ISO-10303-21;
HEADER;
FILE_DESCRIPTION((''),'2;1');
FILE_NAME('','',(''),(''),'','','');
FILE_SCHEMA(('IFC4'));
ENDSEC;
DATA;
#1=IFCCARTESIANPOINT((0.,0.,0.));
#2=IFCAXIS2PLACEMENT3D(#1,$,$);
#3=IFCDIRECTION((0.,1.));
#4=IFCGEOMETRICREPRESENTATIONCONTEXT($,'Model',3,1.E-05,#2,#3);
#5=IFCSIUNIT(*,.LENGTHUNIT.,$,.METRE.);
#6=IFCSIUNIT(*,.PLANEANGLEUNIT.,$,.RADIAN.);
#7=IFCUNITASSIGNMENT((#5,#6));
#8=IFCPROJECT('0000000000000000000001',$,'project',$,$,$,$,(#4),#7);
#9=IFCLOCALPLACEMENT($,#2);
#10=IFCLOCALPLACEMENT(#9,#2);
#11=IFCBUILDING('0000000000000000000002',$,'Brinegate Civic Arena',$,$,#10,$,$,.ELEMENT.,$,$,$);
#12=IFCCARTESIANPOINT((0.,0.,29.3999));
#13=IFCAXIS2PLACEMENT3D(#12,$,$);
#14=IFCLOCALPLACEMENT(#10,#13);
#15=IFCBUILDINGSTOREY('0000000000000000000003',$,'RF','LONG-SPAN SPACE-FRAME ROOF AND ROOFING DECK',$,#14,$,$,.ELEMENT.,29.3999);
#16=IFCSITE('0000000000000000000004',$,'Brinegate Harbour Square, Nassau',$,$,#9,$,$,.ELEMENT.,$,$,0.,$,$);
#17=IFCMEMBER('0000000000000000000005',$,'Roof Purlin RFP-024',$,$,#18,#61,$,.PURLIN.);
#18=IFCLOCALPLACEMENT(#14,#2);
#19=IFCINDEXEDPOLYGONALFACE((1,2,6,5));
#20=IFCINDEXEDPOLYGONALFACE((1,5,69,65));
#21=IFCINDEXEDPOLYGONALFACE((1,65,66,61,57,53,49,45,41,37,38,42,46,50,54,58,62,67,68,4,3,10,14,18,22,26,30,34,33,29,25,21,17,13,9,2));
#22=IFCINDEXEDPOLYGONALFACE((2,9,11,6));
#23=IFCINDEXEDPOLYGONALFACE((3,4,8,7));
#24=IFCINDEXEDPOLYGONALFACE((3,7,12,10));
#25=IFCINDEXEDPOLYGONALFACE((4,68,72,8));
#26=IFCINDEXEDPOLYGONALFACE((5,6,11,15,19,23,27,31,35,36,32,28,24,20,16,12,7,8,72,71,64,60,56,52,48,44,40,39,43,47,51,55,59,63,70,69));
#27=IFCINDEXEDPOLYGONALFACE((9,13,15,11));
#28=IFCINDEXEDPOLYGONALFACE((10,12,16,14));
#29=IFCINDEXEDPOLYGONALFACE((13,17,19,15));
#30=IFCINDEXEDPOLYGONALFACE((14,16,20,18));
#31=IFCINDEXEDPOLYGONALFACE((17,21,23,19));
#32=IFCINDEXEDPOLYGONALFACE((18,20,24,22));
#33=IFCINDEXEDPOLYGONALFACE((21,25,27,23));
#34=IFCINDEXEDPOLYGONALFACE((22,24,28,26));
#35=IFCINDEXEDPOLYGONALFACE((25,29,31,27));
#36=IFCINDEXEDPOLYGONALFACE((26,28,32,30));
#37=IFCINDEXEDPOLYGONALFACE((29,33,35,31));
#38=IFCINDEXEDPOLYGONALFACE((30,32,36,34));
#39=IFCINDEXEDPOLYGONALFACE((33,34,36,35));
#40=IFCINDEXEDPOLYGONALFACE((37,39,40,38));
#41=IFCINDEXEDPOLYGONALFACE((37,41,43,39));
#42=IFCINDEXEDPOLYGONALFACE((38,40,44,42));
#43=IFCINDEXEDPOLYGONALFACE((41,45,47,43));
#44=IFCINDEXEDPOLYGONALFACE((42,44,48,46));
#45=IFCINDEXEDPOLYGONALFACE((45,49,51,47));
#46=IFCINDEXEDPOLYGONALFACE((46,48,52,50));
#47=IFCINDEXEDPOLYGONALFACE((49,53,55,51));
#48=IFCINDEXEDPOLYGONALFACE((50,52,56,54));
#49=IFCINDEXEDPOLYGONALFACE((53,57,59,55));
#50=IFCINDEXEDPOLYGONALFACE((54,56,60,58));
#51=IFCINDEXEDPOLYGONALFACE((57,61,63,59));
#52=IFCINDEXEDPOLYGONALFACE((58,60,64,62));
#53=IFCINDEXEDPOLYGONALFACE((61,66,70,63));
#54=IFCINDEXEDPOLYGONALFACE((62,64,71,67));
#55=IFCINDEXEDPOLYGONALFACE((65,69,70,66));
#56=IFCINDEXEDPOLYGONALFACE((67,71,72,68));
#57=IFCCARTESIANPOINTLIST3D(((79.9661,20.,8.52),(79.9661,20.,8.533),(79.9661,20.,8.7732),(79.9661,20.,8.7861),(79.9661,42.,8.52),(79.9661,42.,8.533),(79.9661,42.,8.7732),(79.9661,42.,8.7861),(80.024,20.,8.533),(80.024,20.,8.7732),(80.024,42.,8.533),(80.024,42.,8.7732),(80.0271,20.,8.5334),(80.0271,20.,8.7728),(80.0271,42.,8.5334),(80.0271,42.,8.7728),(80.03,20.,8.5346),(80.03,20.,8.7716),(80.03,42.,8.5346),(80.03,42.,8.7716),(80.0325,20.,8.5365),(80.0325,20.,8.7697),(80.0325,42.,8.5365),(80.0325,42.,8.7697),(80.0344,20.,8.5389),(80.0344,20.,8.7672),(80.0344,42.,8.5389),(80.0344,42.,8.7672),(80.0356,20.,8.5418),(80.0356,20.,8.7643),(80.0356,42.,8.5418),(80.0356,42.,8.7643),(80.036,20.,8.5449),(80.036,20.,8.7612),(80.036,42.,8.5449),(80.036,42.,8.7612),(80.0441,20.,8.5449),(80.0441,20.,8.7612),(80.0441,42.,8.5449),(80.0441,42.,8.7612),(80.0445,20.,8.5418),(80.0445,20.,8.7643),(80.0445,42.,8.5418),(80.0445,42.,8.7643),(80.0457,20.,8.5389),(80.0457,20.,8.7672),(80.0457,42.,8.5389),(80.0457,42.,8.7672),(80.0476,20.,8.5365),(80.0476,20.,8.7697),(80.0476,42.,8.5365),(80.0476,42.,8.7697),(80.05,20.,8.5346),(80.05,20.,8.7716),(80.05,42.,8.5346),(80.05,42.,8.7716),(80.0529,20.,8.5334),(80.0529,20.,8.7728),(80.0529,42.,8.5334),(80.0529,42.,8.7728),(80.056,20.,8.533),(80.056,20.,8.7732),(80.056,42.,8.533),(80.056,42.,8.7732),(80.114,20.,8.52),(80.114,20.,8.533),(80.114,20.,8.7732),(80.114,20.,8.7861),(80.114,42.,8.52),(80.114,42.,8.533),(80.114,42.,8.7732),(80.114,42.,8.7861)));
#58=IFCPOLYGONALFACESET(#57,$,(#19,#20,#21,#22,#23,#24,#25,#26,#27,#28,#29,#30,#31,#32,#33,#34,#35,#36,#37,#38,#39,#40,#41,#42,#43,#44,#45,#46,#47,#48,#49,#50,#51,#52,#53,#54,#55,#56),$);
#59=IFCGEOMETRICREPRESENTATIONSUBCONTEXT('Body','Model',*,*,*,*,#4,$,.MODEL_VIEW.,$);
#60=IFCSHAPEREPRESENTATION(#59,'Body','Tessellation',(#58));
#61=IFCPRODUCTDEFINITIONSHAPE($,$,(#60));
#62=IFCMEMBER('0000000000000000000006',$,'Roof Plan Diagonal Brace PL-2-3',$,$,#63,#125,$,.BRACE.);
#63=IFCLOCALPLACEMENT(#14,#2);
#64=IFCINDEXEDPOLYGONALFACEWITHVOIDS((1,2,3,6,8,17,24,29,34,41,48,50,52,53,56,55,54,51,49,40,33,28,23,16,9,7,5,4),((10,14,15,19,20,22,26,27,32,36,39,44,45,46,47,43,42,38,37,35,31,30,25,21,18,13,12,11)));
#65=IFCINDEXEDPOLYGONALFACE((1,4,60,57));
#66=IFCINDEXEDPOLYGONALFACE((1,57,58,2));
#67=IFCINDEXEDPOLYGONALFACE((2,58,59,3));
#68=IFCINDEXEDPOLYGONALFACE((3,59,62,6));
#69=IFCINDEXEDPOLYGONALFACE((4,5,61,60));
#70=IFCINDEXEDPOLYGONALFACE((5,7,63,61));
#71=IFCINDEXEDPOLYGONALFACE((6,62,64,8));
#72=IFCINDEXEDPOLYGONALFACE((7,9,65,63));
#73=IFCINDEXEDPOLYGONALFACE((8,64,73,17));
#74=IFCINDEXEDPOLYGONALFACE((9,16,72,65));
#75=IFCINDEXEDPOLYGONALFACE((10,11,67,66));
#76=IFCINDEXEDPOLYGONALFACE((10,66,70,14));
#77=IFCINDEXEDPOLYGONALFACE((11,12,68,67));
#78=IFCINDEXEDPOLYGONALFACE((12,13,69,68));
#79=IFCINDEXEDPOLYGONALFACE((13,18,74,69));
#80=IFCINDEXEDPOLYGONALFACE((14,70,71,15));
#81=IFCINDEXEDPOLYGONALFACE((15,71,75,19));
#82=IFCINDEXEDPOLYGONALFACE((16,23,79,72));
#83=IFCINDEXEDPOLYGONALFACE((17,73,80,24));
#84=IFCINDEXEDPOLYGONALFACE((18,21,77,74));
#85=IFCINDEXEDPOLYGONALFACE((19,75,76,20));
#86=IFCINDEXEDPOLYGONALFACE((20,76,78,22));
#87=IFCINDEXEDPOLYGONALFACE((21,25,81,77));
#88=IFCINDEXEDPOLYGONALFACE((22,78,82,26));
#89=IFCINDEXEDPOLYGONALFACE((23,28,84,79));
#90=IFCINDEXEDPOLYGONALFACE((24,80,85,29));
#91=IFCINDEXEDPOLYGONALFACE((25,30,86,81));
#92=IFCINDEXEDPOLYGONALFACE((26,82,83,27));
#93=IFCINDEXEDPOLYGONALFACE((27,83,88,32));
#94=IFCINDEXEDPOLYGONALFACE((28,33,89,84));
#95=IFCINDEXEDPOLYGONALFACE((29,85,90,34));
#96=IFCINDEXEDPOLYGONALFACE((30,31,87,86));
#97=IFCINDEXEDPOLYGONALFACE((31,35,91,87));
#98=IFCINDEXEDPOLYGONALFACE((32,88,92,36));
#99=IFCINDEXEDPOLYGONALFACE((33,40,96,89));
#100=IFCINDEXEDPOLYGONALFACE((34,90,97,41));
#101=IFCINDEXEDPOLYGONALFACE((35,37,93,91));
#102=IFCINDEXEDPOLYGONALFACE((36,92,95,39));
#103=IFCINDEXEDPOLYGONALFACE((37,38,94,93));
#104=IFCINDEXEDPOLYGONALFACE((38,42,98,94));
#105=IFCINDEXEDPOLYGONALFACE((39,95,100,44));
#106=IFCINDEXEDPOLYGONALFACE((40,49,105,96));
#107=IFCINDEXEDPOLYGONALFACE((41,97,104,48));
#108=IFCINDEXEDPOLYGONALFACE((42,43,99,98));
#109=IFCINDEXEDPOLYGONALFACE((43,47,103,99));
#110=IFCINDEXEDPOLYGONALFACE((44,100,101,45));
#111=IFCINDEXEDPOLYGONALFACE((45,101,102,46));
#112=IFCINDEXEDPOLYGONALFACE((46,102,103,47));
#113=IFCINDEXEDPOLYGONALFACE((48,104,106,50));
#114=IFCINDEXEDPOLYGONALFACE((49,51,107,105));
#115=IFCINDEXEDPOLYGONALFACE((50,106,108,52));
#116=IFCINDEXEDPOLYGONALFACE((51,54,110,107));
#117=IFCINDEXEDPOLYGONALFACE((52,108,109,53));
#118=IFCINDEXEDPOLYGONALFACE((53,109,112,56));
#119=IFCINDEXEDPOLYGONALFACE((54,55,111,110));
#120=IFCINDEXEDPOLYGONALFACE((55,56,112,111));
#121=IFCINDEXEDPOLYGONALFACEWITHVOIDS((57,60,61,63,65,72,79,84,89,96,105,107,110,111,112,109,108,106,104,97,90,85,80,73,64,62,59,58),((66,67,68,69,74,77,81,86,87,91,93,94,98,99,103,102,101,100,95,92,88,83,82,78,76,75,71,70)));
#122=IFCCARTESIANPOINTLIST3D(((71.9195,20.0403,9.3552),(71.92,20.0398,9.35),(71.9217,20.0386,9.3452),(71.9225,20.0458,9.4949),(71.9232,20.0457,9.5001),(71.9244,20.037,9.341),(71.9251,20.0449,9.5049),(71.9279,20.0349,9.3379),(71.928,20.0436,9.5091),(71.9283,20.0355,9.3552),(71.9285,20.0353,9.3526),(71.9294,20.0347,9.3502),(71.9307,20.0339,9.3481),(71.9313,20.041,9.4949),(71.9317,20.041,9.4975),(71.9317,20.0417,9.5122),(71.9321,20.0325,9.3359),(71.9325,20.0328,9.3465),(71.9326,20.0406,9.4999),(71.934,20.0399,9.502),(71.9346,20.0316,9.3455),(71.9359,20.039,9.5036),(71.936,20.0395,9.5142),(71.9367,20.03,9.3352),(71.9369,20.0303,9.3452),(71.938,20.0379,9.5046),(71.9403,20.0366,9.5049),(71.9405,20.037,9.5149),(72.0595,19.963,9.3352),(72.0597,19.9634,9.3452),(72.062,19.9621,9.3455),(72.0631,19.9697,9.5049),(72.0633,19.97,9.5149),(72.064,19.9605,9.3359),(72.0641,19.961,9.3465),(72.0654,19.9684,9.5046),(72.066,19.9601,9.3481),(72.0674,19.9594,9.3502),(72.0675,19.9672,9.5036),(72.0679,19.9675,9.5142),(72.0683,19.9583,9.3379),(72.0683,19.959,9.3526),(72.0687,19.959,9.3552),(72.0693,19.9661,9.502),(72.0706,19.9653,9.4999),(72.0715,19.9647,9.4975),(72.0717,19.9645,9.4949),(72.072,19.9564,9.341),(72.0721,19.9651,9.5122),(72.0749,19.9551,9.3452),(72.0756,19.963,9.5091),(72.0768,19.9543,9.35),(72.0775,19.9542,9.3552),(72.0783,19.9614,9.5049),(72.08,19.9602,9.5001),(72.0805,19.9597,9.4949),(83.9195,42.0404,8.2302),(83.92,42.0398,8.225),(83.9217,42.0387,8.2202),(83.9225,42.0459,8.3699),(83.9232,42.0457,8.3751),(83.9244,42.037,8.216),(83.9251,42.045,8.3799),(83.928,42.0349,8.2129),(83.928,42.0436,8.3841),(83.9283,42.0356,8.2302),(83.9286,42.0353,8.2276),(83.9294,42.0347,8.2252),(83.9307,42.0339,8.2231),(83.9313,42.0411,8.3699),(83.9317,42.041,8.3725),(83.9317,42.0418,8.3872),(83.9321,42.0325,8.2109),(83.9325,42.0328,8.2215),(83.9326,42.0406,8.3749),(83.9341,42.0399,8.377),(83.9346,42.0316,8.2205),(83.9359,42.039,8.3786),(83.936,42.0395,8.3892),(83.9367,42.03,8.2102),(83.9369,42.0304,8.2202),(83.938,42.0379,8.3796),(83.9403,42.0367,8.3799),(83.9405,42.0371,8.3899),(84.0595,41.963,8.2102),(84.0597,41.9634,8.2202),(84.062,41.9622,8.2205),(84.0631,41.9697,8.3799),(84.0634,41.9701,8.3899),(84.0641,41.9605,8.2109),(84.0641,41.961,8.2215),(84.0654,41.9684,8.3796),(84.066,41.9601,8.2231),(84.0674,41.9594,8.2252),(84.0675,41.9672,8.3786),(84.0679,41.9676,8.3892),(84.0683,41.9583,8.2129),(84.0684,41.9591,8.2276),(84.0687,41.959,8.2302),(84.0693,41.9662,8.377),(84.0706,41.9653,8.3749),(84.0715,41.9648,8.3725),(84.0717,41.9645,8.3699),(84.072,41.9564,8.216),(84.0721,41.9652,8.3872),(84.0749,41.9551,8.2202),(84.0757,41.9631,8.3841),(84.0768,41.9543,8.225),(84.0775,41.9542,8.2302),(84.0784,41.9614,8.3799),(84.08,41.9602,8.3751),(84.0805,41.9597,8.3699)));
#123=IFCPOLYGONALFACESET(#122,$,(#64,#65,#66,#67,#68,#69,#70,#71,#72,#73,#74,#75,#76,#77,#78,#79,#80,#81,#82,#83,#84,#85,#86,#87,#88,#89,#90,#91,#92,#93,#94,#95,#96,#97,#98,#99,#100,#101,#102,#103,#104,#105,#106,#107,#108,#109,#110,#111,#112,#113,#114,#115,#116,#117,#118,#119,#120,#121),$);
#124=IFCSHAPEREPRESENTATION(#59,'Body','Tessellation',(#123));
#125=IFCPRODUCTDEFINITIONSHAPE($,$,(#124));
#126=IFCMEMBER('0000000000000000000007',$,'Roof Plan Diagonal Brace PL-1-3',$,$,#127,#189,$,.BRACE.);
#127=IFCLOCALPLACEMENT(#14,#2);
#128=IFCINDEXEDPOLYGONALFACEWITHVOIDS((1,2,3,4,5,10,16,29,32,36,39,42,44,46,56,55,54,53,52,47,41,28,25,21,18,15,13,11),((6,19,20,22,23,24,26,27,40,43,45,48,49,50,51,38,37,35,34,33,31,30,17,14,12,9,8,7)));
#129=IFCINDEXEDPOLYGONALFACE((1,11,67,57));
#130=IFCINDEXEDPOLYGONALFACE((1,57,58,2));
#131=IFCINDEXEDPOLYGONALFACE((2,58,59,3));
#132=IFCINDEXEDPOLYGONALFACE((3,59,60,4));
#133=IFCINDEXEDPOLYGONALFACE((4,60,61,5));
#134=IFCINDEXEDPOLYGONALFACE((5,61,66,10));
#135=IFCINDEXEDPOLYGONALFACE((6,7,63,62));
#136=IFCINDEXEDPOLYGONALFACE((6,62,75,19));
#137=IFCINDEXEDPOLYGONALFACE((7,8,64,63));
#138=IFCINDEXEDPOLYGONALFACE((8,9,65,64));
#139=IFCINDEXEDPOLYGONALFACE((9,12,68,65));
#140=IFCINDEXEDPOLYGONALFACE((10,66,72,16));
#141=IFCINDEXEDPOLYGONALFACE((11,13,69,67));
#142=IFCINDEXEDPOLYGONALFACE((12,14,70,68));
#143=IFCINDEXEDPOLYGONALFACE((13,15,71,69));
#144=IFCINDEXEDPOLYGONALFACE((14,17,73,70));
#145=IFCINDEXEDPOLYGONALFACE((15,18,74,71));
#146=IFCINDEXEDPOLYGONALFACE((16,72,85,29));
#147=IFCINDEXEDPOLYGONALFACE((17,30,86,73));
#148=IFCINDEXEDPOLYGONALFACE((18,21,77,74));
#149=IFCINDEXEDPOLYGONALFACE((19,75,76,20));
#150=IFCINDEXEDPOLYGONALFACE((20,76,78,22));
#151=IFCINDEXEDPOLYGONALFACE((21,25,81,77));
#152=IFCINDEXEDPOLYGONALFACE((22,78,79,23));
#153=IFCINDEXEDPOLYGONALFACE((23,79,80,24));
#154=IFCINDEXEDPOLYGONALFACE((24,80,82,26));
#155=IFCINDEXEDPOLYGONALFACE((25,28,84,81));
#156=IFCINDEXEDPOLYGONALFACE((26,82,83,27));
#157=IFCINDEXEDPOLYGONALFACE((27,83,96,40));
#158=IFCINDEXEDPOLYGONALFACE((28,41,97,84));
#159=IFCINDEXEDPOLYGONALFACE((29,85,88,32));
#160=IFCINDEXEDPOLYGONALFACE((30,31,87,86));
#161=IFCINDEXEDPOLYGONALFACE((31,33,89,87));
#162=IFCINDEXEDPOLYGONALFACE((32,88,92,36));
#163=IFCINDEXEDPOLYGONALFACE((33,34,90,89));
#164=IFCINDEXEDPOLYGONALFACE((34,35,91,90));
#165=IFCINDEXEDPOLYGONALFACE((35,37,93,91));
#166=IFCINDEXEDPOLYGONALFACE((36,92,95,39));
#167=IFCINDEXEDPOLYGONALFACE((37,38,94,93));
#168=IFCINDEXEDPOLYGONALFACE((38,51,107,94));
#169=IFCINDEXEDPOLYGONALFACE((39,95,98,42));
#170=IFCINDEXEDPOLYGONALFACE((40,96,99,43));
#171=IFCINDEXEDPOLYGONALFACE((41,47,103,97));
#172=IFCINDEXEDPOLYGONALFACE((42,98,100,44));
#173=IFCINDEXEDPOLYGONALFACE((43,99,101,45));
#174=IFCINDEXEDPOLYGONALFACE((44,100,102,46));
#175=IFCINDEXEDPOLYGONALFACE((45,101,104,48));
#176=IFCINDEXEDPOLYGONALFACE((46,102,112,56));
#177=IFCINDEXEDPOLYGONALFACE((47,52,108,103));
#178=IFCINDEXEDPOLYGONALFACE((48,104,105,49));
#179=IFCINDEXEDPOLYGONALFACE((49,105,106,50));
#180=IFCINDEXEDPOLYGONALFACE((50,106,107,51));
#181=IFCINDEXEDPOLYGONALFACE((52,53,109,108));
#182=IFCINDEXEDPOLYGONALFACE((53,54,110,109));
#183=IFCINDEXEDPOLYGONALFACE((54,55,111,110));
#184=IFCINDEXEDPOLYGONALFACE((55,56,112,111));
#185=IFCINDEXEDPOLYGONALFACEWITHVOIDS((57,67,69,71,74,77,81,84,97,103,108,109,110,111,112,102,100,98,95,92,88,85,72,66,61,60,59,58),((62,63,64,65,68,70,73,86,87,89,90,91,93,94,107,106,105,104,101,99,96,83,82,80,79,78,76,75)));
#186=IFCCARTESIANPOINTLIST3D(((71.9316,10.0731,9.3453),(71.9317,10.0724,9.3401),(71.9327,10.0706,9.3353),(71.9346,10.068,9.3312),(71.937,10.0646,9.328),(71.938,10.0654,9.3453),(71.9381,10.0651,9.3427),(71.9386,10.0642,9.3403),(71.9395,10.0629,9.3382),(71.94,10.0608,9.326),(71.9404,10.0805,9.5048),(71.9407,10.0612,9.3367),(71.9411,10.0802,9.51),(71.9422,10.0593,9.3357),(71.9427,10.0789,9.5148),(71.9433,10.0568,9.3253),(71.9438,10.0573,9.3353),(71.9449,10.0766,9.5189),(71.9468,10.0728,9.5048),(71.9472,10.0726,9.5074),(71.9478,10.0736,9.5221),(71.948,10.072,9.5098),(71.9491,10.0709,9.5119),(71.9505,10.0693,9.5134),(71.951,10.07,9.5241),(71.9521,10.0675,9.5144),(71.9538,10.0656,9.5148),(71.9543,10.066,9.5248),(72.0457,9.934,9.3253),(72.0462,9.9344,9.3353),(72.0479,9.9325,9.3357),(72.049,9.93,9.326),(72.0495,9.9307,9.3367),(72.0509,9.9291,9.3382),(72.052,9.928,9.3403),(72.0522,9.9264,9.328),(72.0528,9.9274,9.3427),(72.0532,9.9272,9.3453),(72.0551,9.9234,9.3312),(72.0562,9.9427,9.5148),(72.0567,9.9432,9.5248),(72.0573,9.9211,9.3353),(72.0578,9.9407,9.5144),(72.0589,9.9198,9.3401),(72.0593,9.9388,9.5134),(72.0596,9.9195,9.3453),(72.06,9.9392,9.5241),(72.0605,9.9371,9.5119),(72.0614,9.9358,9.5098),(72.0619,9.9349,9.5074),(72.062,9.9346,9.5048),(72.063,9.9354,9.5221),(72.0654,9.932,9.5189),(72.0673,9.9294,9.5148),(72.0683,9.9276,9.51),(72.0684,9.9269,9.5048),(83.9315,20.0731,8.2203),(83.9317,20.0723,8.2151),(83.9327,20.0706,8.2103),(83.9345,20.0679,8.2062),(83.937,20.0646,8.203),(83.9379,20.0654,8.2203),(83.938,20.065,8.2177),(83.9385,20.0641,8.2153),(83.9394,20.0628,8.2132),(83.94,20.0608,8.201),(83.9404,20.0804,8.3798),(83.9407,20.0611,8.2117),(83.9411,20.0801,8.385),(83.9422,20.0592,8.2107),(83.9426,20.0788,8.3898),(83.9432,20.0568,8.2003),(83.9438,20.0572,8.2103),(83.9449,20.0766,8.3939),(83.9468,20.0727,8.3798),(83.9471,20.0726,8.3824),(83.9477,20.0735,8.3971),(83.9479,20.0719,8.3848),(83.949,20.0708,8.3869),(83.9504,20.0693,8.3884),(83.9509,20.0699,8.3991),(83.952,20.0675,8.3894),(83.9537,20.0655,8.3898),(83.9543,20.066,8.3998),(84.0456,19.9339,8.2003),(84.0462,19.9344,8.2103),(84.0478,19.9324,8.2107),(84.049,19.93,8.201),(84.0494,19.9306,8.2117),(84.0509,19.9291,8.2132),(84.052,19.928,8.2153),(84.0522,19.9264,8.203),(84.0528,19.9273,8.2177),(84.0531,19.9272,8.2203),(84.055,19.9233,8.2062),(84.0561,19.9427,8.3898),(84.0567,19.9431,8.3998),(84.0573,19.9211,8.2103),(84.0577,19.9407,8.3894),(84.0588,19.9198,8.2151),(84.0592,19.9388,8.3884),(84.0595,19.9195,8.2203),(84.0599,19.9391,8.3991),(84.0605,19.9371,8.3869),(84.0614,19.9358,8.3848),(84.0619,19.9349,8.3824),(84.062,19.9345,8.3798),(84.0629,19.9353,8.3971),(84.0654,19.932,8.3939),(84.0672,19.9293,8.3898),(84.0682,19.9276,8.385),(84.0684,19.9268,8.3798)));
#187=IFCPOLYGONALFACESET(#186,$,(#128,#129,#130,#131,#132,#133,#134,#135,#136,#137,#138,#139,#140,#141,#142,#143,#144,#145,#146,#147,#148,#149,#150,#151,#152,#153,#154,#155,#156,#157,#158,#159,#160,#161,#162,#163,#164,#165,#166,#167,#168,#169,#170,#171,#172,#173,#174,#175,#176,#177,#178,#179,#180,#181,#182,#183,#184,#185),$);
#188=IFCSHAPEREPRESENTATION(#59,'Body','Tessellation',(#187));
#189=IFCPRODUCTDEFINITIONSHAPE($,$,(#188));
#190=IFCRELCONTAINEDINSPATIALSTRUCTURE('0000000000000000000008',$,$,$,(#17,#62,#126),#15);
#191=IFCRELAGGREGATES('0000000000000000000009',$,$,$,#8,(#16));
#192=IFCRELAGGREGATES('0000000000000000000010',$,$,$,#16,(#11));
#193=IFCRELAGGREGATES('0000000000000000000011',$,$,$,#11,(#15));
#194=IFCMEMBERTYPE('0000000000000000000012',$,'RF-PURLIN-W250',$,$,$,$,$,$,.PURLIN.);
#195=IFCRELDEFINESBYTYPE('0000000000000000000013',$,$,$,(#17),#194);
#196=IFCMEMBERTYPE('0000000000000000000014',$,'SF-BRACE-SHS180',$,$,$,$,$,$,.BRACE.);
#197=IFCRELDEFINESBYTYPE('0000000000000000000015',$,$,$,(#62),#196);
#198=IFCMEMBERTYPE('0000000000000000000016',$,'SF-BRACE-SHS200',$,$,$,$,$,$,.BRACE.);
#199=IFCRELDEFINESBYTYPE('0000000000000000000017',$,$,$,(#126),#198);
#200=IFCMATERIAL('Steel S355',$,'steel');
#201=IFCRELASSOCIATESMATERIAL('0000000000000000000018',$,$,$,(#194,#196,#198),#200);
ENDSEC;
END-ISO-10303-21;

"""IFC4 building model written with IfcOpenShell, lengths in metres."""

from ifc_helpers import new_model, si_unit, direction, frame, origin, origin_2d, place, context, subcontext, project, spatial, hollow_rectangle, i_section, extrude, material, material_profile, profile_set, type_object, element, save


model = new_model("IFC4")

# Units and contexts
model_context = context("Model", 3, precision=1e-05, world=origin(), true_north=direction((0.0, 1.0)))
body_context = subcontext(model_context, "Body", "Model", "MODEL_VIEW")
ifc_project = project(units=[si_unit("LENGTHUNIT", "METRE"), si_unit("PLANEANGLEUNIT", "RADIAN")], contexts=[model_context])

# Site, building, storey
site_placement = place(None, origin())
site = spatial("IfcSite", under=ifc_project, at=site_placement, Name="Brinegate Harbour Square, Nassau", CompositionType="ELEMENT", RefElevation=0.0)
building_placement = place(site_placement, origin())
building = spatial("IfcBuilding", under=site, at=building_placement, Name="Brinegate Civic Arena", CompositionType="ELEMENT")
storey_placement = place(building_placement, frame((0.0, 0.0, 29.3999)))
storey = spatial("IfcBuildingStorey", under=building, at=storey_placement, Name="RF", Description="LONG-SPAN SPACE-FRAME ROOF AND ROOFING DECK", CompositionType="ELEMENT", Elevation=29.3999)

# Shared definitions
ifc_material_1 = material(Name="Steel S355", Category="steel")

# Members
ifc_material_profile_1 = material_profile(ifc_material_1, i_section(OverallWidth=0.1479, OverallDepth=0.2661, WebThickness=0.0081, FlangeThickness=0.0129, FilletRadius=0.012, at=origin_2d()), Name="W250X45")
ifc_profile_set_1 = profile_set([ifc_material_profile_1], Name="Steel S355")
member_type_1 = type_object("IfcMemberType", Name="RF-PURLIN-W250", PredefinedType="PURLIN", material=ifc_profile_set_1)
for number, where, z_axis, x_axis, name in (
    (1, (80.04, 20.0, 8.6531), (0.0, 1.0, 0.0), (-1.0, 0.0, 0.0), "Roof Purlin RFP-024"),
):
    element("IfcMember", number, at=place(storey_placement, frame(where, z_axis=z_axis, x_axis=x_axis)), inside=storey, type_object=member_type_1, Name=name, PredefinedType="PURLIN", context=body_context, shape_type="SweptSolid", body=[
        extrude(i_section(OverallWidth=0.1479, OverallDepth=0.2661, WebThickness=0.0081, FlangeThickness=0.0129, FilletRadius=0.012, at=origin_2d()), origin(), (0.0, 0.0, 1.0), 22.0),
    ])
ifc_material_profile_2 = material_profile(ifc_material_1, hollow_rectangle(XDim=0.1799, YDim=0.1799, WallThickness=0.01, InnerFilletRadius=0.01, OuterFilletRadius=0.02, at=origin_2d()), Name="SHS180X10")
ifc_profile_set_2 = profile_set([ifc_material_profile_2], Name="Steel S355")
member_type_2 = type_object("IfcMemberType", Name="SF-BRACE-SHS180", PredefinedType="BRACE", material=ifc_profile_set_2)
member_1_placement = place(storey_placement, frame((72.0, 20.0, 9.425), z_axis=(0.47837, 0.877012, -0.044847), x_axis=(-0.877896, 0.478852, 0.0)))
element("IfcMember", 2, at=member_1_placement, inside=storey, type_object=member_type_2, Name="Roof Plan Diagonal Brace PL-2-3", PredefinedType="BRACE", context=body_context, shape_type="SweptSolid", body=[
    extrude(hollow_rectangle(XDim=0.1799, YDim=0.1799, WallThickness=0.01, InnerFilletRadius=0.01, OuterFilletRadius=0.02, at=origin_2d()), origin(), (0.0, 0.0, 1.0), 25.0852),
])
ifc_material_profile_3 = material_profile(ifc_material_1, hollow_rectangle(XDim=0.2, YDim=0.2, WallThickness=0.01, InnerFilletRadius=0.01, OuterFilletRadius=0.02, at=origin_2d()), Name="SHS200X10")
ifc_profile_set_3 = profile_set([ifc_material_profile_3], Name="Steel S355")
member_type_3 = type_object("IfcMemberType", Name="SF-BRACE-SHS200", PredefinedType="BRACE", material=ifc_profile_set_3)
member_2_placement = place(storey_placement, frame((72.0, 10.0, 9.425), z_axis=(0.766237, 0.638531, -0.071835), x_axis=(-0.640184, 0.768221, 0.0)))
element("IfcMember", 3, at=member_2_placement, inside=storey, type_object=member_type_3, Name="Roof Plan Diagonal Brace PL-1-3", PredefinedType="BRACE", context=body_context, shape_type="SweptSolid", body=[
    extrude(hollow_rectangle(XDim=0.2, YDim=0.2, WallThickness=0.01, InnerFilletRadius=0.01, OuterFilletRadius=0.02, at=origin_2d()), origin(), (0.0, 0.0, 1.0), 15.6609),
])

save(model, "model.ifc")
